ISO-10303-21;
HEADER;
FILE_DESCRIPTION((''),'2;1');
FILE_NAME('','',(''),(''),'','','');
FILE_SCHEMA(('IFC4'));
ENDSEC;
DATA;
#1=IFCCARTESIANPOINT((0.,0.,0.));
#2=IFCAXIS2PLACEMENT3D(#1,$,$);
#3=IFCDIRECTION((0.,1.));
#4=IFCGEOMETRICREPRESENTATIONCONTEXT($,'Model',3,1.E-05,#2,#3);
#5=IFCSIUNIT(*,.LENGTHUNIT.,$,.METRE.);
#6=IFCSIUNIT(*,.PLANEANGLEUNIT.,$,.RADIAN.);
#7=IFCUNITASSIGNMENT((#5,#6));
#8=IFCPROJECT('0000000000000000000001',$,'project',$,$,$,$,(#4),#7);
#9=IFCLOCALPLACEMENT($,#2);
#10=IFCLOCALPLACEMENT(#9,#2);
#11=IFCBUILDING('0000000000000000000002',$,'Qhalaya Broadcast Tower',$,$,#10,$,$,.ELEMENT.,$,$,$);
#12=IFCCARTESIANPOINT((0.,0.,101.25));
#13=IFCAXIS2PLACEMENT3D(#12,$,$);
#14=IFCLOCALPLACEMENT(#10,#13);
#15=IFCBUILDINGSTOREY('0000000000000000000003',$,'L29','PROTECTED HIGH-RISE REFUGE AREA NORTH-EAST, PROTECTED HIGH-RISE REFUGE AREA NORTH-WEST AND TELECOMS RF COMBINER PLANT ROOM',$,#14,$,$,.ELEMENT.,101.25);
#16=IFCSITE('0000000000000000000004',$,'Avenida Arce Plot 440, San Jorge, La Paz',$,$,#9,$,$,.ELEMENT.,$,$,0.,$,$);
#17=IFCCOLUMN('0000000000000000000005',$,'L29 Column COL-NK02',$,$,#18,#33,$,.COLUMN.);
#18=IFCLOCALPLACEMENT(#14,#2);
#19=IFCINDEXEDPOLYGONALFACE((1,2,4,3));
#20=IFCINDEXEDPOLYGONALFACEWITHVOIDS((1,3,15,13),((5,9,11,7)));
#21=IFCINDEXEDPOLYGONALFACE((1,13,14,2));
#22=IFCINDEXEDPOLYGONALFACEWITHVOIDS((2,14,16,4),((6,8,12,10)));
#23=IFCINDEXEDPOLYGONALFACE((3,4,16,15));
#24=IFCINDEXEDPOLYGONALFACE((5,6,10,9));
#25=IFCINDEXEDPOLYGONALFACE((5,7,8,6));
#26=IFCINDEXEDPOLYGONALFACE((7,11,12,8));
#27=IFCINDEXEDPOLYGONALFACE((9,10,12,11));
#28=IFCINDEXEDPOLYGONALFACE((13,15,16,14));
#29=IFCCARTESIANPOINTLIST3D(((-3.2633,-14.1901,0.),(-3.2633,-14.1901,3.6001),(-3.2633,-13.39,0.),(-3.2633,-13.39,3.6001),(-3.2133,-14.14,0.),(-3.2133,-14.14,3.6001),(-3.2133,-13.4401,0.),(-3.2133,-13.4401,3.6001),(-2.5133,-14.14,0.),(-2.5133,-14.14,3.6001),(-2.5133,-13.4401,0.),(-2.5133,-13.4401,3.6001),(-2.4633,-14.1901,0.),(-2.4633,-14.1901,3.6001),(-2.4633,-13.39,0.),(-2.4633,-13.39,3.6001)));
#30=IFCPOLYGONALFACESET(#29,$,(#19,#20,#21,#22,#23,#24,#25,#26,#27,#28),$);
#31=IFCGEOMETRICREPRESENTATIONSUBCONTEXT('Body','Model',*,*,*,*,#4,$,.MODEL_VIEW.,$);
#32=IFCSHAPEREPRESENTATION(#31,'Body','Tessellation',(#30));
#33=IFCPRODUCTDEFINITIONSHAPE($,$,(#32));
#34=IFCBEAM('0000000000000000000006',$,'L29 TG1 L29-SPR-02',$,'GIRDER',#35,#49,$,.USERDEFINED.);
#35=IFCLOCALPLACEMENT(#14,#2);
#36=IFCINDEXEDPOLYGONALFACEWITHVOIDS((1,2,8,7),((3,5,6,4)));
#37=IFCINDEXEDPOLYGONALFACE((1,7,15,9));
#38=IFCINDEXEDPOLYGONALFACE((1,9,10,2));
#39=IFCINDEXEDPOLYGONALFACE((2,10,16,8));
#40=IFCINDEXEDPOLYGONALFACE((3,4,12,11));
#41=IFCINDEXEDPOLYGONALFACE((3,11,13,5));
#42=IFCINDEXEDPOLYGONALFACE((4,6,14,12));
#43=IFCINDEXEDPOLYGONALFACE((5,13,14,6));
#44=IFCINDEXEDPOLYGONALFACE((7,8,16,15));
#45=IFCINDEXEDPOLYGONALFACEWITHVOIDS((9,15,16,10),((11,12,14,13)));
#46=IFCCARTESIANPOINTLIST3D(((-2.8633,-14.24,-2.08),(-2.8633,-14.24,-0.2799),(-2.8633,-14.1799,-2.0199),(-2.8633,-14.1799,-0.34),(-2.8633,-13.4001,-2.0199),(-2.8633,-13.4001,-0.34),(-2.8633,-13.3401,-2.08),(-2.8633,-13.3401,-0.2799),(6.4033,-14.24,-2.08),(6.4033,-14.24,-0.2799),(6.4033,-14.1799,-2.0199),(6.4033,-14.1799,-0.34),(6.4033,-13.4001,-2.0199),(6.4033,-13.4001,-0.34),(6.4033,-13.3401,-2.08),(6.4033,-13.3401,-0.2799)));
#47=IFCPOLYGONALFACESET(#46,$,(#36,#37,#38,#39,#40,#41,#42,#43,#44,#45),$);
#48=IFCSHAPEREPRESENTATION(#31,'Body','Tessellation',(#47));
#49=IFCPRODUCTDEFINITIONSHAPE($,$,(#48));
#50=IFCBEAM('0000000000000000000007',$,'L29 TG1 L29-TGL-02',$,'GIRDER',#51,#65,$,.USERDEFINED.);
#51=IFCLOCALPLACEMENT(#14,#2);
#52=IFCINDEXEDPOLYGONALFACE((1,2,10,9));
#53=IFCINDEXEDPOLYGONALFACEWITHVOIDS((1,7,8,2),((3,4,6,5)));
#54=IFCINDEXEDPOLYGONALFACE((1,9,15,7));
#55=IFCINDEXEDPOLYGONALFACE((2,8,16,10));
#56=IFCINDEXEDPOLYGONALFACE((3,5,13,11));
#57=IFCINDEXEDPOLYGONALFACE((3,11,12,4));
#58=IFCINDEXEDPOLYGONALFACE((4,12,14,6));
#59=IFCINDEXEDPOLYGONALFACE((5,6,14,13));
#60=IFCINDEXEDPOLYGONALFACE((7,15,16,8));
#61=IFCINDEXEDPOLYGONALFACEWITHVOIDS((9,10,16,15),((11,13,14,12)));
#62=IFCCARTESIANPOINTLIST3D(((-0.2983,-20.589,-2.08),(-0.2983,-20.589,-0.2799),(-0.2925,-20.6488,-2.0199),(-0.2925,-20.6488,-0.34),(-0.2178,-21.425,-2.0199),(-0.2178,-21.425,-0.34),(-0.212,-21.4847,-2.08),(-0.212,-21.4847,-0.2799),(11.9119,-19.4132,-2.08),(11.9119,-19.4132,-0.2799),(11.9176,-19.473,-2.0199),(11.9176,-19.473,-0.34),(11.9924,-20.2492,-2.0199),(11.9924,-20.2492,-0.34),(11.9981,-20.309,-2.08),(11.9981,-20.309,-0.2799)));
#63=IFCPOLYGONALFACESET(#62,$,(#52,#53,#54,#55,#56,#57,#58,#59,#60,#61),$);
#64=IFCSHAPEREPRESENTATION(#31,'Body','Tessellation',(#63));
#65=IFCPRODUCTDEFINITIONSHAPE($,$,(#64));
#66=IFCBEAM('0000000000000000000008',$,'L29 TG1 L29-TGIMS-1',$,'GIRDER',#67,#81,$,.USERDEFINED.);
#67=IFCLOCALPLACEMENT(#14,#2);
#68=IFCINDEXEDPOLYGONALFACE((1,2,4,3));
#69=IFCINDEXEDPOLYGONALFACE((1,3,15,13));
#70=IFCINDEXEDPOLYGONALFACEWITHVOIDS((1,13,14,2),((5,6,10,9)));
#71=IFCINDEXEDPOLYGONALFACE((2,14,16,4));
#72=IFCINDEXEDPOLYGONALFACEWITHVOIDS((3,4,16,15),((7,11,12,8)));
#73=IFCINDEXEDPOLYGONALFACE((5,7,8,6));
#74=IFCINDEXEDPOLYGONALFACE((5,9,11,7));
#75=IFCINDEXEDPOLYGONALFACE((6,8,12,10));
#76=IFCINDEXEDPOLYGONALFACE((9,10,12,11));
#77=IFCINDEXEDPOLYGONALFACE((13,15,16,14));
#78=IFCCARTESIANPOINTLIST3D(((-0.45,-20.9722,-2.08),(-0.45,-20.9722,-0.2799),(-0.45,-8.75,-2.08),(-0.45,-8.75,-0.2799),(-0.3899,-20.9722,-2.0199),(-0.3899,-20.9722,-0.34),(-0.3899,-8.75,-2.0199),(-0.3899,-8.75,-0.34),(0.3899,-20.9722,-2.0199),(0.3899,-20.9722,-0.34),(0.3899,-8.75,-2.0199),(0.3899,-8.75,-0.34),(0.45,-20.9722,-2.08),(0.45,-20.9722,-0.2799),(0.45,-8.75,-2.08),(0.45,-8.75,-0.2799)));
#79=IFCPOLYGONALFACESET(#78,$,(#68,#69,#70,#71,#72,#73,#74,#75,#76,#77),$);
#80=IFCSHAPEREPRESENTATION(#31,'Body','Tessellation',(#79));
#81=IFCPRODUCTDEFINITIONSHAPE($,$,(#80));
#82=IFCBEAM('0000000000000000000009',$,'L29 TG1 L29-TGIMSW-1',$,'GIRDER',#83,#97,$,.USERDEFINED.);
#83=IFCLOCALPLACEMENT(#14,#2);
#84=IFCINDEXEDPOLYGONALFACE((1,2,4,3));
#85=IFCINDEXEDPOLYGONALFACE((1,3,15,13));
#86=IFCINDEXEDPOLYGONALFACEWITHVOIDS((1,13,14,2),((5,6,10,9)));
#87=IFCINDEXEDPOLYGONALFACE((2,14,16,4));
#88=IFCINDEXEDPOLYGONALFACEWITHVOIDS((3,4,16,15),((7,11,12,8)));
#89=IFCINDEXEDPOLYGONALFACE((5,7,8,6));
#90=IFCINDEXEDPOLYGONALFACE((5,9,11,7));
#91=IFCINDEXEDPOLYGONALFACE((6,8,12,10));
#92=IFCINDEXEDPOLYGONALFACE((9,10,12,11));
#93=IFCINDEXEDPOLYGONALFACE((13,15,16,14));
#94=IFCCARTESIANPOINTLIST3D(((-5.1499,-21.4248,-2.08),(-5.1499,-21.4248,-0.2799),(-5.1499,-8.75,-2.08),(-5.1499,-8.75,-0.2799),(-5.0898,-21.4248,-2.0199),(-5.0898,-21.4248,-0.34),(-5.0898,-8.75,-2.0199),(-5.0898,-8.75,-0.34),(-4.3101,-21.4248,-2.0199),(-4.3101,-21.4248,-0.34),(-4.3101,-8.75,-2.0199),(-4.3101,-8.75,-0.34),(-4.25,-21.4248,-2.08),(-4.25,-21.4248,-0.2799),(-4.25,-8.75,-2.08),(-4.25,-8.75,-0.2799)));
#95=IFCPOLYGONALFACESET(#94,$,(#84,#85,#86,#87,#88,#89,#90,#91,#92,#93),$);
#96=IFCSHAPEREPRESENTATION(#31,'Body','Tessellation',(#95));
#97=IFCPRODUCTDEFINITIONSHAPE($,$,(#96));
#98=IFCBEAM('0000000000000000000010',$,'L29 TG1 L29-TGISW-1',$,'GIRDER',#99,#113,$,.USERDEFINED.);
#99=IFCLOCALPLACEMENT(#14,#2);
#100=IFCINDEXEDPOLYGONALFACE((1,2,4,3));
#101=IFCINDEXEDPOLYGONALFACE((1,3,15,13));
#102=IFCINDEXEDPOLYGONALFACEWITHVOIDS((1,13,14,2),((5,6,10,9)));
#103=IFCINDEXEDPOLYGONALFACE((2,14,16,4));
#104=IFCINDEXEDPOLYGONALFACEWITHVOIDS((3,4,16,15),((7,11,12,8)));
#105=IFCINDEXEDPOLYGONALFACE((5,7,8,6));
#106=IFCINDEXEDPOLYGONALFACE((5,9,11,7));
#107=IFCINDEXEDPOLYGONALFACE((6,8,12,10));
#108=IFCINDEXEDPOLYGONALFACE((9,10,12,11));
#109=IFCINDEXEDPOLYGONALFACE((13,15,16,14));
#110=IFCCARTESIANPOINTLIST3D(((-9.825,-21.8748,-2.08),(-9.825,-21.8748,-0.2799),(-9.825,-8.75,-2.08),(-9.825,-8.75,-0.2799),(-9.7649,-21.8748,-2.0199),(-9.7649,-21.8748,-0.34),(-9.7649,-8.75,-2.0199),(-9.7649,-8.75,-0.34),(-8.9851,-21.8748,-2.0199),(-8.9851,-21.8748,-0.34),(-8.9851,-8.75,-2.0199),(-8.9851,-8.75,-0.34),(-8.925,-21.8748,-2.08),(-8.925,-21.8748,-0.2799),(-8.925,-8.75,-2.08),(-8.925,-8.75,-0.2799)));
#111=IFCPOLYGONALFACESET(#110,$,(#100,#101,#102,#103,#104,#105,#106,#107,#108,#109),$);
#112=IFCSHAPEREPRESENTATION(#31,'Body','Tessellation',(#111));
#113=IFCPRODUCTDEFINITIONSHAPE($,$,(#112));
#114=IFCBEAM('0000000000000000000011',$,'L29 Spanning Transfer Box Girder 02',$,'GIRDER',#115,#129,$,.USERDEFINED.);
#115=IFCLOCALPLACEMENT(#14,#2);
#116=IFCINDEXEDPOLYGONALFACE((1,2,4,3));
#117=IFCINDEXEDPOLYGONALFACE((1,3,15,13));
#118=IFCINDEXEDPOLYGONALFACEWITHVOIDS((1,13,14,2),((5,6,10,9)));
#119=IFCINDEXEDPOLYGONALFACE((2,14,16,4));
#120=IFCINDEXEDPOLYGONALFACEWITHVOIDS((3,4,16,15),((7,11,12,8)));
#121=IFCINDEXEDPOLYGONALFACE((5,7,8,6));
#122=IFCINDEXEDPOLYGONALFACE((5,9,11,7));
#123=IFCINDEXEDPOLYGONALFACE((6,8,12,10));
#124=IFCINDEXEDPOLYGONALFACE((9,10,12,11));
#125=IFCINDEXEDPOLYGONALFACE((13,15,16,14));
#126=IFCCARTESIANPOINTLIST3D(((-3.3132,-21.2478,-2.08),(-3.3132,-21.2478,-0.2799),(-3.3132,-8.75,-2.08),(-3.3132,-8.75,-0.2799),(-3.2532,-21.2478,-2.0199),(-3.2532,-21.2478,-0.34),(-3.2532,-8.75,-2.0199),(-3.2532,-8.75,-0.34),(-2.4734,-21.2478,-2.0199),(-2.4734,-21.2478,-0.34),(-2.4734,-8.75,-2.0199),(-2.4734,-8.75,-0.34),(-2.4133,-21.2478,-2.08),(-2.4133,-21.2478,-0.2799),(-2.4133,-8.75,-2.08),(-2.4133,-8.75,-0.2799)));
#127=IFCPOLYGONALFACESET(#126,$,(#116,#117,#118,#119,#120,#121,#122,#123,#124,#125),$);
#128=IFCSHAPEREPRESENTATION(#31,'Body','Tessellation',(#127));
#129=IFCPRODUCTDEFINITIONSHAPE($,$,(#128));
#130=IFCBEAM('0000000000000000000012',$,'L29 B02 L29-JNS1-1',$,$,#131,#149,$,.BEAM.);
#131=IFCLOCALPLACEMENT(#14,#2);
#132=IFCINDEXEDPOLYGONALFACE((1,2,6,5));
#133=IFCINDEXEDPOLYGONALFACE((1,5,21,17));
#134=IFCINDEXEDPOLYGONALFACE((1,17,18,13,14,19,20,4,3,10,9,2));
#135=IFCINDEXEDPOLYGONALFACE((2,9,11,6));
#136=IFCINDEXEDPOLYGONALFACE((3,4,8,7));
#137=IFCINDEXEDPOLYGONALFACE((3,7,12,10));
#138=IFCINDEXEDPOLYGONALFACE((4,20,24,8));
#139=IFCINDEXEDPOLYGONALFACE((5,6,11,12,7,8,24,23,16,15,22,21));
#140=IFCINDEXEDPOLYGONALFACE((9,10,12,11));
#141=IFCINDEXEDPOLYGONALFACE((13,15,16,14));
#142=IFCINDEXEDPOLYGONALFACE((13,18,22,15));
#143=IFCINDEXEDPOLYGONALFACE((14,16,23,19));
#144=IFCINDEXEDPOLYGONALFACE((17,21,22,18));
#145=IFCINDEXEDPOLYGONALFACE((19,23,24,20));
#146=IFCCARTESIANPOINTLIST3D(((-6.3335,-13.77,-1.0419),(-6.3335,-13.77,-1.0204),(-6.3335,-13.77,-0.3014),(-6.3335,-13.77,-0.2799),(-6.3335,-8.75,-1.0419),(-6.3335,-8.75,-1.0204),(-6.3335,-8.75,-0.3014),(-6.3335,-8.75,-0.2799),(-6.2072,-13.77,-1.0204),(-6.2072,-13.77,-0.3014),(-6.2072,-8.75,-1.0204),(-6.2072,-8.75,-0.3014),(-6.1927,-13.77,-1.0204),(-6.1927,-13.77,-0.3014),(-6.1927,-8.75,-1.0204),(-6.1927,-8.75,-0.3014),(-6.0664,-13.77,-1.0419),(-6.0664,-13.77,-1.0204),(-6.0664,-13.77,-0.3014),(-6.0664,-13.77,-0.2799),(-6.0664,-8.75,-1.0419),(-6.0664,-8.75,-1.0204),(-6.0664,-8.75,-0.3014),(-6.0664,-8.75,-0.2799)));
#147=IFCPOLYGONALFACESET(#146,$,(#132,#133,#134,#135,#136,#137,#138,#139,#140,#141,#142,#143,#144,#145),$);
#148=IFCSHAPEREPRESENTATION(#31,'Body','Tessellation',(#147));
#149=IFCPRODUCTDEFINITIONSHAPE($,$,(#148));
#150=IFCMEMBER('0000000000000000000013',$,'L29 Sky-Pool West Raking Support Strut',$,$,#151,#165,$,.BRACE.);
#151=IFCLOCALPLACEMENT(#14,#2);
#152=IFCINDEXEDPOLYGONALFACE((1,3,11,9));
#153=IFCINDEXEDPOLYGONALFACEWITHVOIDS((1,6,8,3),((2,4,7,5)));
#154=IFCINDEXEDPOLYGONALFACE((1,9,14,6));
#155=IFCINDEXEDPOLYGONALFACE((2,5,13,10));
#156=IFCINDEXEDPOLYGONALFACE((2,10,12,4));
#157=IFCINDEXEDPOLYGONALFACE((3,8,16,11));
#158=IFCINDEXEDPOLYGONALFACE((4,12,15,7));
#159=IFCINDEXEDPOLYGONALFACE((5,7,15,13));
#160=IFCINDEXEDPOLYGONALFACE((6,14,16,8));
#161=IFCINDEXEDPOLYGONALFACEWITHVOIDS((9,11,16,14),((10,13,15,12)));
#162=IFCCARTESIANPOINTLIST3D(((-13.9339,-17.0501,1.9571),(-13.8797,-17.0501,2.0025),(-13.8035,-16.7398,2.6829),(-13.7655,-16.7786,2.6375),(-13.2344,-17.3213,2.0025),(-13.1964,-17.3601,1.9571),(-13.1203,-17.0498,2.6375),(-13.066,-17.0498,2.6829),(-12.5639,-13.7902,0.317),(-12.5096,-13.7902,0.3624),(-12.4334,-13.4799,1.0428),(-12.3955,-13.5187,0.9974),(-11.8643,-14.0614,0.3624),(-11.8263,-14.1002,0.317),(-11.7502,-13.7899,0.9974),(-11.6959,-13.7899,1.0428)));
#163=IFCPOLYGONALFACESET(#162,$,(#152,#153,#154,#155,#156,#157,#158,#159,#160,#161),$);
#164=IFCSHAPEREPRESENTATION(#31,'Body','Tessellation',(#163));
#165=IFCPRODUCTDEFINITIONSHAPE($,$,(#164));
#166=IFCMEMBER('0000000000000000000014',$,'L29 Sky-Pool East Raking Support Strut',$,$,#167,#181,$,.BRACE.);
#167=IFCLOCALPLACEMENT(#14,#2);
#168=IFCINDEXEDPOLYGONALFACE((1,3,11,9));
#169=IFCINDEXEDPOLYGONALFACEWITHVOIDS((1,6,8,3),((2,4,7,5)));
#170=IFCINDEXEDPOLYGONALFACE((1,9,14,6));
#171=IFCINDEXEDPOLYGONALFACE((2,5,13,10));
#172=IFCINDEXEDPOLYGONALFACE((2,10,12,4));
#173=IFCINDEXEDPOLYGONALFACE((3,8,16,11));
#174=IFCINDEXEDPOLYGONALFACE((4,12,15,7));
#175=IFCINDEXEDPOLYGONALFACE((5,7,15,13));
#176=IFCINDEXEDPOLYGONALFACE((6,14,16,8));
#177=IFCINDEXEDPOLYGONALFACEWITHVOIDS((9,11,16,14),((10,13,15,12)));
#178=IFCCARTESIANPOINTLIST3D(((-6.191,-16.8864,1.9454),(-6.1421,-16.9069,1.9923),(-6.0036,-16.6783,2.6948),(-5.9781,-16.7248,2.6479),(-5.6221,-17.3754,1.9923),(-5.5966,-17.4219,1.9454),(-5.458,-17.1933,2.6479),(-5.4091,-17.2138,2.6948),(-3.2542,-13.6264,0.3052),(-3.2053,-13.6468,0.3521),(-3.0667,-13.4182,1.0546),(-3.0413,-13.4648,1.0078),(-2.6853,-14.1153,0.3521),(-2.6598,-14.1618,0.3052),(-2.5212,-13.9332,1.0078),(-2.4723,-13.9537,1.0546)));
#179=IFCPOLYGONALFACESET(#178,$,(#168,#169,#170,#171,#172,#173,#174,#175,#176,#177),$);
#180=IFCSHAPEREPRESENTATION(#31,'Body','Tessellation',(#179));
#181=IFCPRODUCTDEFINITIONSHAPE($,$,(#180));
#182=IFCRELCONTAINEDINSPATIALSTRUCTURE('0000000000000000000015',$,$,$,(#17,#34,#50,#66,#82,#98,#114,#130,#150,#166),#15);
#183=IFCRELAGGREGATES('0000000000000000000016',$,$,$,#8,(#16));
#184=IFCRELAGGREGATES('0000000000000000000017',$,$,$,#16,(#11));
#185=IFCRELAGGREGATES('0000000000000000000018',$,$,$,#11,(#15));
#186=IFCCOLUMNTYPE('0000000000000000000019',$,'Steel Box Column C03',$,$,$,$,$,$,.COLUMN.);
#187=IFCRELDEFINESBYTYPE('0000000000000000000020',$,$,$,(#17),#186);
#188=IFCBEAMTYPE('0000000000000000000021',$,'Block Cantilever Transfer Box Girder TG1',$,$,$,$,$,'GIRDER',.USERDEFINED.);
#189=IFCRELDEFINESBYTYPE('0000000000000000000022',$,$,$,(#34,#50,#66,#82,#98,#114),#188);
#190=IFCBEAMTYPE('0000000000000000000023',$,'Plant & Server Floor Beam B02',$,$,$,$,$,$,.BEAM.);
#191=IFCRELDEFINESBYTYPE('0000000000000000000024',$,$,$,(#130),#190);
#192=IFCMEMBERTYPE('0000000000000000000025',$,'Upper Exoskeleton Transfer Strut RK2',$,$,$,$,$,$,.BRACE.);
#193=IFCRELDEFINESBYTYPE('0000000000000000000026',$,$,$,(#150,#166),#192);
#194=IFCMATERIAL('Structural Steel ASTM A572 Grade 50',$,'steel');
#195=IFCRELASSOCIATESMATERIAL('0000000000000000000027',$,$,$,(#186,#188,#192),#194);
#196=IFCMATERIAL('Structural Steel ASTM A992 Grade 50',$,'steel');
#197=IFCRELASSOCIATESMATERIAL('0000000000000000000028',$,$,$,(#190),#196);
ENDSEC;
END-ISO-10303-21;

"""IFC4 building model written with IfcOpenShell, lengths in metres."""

from ifc_helpers import new_model, si_unit, direction, frame, origin, origin_2d, place, context, subcontext, project, spatial, hollow_rectangle, i_section, extrude, material, material_profile, profile_set, type_object, element, save


model = new_model("IFC4")

# Units and contexts
model_context = context("Model", 3, precision=1e-05, world=origin(), true_north=direction((0.0, 1.0)))
body_context = subcontext(model_context, "Body", "Model", "MODEL_VIEW")
ifc_project = project(units=[si_unit("LENGTHUNIT", "METRE"), si_unit("PLANEANGLEUNIT", "RADIAN")], contexts=[model_context])

# Site, building, storey
site_placement = place(None, origin())
site = spatial("IfcSite", under=ifc_project, at=site_placement, Name="Avenida Arce Plot 440, San Jorge, La Paz", CompositionType="ELEMENT", RefElevation=0.0)
building_placement = place(site_placement, origin())
building = spatial("IfcBuilding", under=site, at=building_placement, Name="Qhalaya Broadcast Tower", CompositionType="ELEMENT")
storey_placement = place(building_placement, frame((0.0, 0.0, 101.25)))
storey = spatial("IfcBuildingStorey", under=building, at=storey_placement, Name="L29", Description="PROTECTED HIGH-RISE REFUGE AREA NORTH-EAST, PROTECTED HIGH-RISE REFUGE AREA NORTH-WEST AND TELECOMS RF COMBINER PLANT ROOM", CompositionType="ELEMENT", Elevation=101.25)

# Column
ifc_material_1 = material(Name="Structural Steel ASTM A572 Grade 50", Category="steel")
ifc_material_profile_1 = material_profile(ifc_material_1, hollow_rectangle(XDim=0.8, YDim=0.8, WallThickness=0.05, at=origin_2d()), Name="BOX 800x800x50")
ifc_profile_set_1 = profile_set([ifc_material_profile_1], Name="Structural Steel ASTM A572 Grade 50")
column_type = type_object("IfcColumnType", Name="Steel Box Column C03", PredefinedType="COLUMN", material=ifc_profile_set_1)
column_placement = place(storey_placement, frame((-2.8633, -13.79, 0.0), z_axis=(0.0, 0.0, 1.0), x_axis=(1.0, 0.0, 0.0)))
element("IfcColumn", 1, at=column_placement, inside=storey, type_object=column_type, Name="L29 Column COL-NK02", PredefinedType="COLUMN", context=body_context, shape_type="SweptSolid", body=[
    extrude(hollow_rectangle(XDim=0.8, YDim=0.8, WallThickness=0.05, at=origin_2d()), origin(), (0.0, 0.0, 1.0), 3.6001),
])

# Beams
ifc_material_profile_2 = material_profile(ifc_material_1, hollow_rectangle(XDim=0.8999, YDim=1.8, WallThickness=0.0601, at=origin_2d()), Name="BOX 900x1800x60")
ifc_profile_set_2 = profile_set([ifc_material_profile_2], Name="Structural Steel ASTM A572 Grade 50")
beam_type_1 = type_object("IfcBeamType", Name="Block Cantilever Transfer Box Girder TG1", ElementType="GIRDER", PredefinedType="USERDEFINED", material=ifc_profile_set_2)
beam_1_placement = place(storey_placement, frame((-2.8633, -13.79, -1.1799), z_axis=(1.0, 0.0, 0.0), x_axis=(0.0, 1.0, 0.0)))
element("IfcBeam", 2, at=beam_1_placement, inside=storey, type_object=beam_type_1, Name="L29 TG1 L29-SPR-02", ObjectType="GIRDER", PredefinedType="USERDEFINED", context=body_context, shape_type="SweptSolid", body=[
    extrude(hollow_rectangle(XDim=0.8999, YDim=1.8, WallThickness=0.0601, at=origin_2d()), origin(), (0.0, 0.0, 1.0), 9.2666),
])
beam_2_placement = place(storey_placement, frame((-0.2551, -21.0369, -1.1799), z_axis=(0.995396, 0.095852, 0.0), x_axis=(-0.095852, 0.995396, 0.0)))
element("IfcBeam", 3, at=beam_2_placement, inside=storey, type_object=beam_type_1, Name="L29 TG1 L29-TGL-02", ObjectType="GIRDER", PredefinedType="USERDEFINED", context=body_context, shape_type="SweptSolid", body=[
    extrude(hollow_rectangle(XDim=0.8999, YDim=1.8, WallThickness=0.0601, at=origin_2d()), origin(), (0.0, 0.0, 1.0), 12.2666),
])
beam_3_placement = place(storey_placement, frame((0.0, -20.9722, -1.1799), z_axis=(0.0, 1.0, 0.0), x_axis=(-1.0, 0.0, 0.0)))
element("IfcBeam", 4, at=beam_3_placement, inside=storey, type_object=beam_type_1, Name="L29 TG1 L29-TGIMS-1", ObjectType="GIRDER", PredefinedType="USERDEFINED", context=body_context, shape_type="SweptSolid", body=[
    extrude(hollow_rectangle(XDim=0.8999, YDim=1.8, WallThickness=0.0601, at=origin_2d()), origin(), (0.0, 0.0, 1.0), 12.2222),
])
beam_4_placement = place(storey_placement, frame((-4.7, -21.4248, -1.1799), z_axis=(0.0, 1.0, 0.0), x_axis=(-1.0, 0.0, 0.0)))
element("IfcBeam", 5, at=beam_4_placement, inside=storey, type_object=beam_type_1, Name="L29 TG1 L29-TGIMSW-1", ObjectType="GIRDER", PredefinedType="USERDEFINED", context=body_context, shape_type="SweptSolid", body=[
    extrude(hollow_rectangle(XDim=0.8999, YDim=1.8, WallThickness=0.0601, at=origin_2d()), origin(), (0.0, 0.0, 1.0), 12.6748),
])
beam_5_placement = place(storey_placement, frame((-9.375, -21.8748, -1.1799), z_axis=(0.0, 1.0, 0.0), x_axis=(-1.0, 0.0, 0.0)))
element("IfcBeam", 6, at=beam_5_placement, inside=storey, type_object=beam_type_1, Name="L29 TG1 L29-TGISW-1", ObjectType="GIRDER", PredefinedType="USERDEFINED", context=body_context, shape_type="SweptSolid", body=[
    extrude(hollow_rectangle(XDim=0.8999, YDim=1.8, WallThickness=0.0601, at=origin_2d()), origin(), (0.0, 0.0, 1.0), 13.1248),
])
beam_6_placement = place(storey_placement, frame((-2.8633, -21.2478, -1.1799), z_axis=(0.0, 1.0, 0.0), x_axis=(-1.0, 0.0, 0.0)))
element("IfcBeam", 7, at=beam_6_placement, inside=storey, type_object=beam_type_1, Name="L29 Spanning Transfer Box Girder 02", ObjectType="GIRDER", PredefinedType="USERDEFINED", context=body_context, shape_type="SweptSolid", body=[
    extrude(hollow_rectangle(XDim=0.8999, YDim=1.8, WallThickness=0.0601, at=origin_2d()), origin(), (0.0, 0.0, 1.0), 12.4978),
])
ifc_material_2 = material(Name="Structural Steel ASTM A992 Grade 50", Category="steel")
ifc_material_profile_3 = material_profile(ifc_material_2, i_section(OverallWidth=0.2671, OverallDepth=0.762, WebThickness=0.0144, FlangeThickness=0.0215, at=origin_2d()), Name="W30X116")
ifc_profile_set_3 = profile_set([ifc_material_profile_3], Name="Structural Steel ASTM A992 Grade 50")
beam_type_2 = type_object("IfcBeamType", Name="Plant & Server Floor Beam B02", PredefinedType="BEAM", material=ifc_profile_set_3)
beam_7_placement = place(storey_placement, frame((-6.2, -13.77, -0.6609), z_axis=(0.0, 1.0, 0.0), x_axis=(-1.0, 0.0, 0.0)))
element("IfcBeam", 8, at=beam_7_placement, inside=storey, type_object=beam_type_2, Name="L29 B02 L29-JNS1-1", PredefinedType="BEAM", context=body_context, shape_type="SweptSolid", body=[
    extrude(i_section(OverallWidth=0.2671, OverallDepth=0.762, WebThickness=0.0144, FlangeThickness=0.0215, at=origin_2d()), origin(), (0.0, 0.0, 1.0), 5.02),
])

# Members
ifc_material_profile_4 = material_profile(ifc_material_1, hollow_rectangle(XDim=0.8, YDim=0.8, WallThickness=0.05, at=origin_2d()), Name="BOX 800x800x50")
ifc_profile_set_4 = profile_set([ifc_material_profile_4], Name="Structural Steel ASTM A572 Grade 50")
member_type = type_object("IfcMemberType", Name="Upper Exoskeleton Transfer Strut RK2", PredefinedType="BRACE", material=ifc_profile_set_4)
member_1_placement = place(storey_placement, frame((-12.1299, -13.79, 0.6799), z_axis=(-0.351486, -0.836314, 0.420756), x_axis=(0.92189, -0.387452, 0.0)))
element("IfcMember", 9, at=member_1_placement, inside=storey, type_object=member_type, Name="L29 Sky-Pool West Raking Support Strut", PredefinedType="BRACE", context=body_context, shape_type="SweptSolid", body=[
    extrude(hollow_rectangle(XDim=0.8, YDim=0.8, WallThickness=0.05, at=origin_2d()), origin(), (0.0, 0.0, 1.0), 3.8979),
])
member_2_placement = place(storey_placement, frame((-2.8633, -13.79, 0.6799), z_axis=(-0.626943, -0.695949, 0.350138), x_axis=(0.742981, -0.669312, 0.0)))
element("IfcMember", 10, at=member_2_placement, inside=storey, type_object=member_type, Name="L29 Sky-Pool East Raking Support Strut", PredefinedType="BRACE", context=body_context, shape_type="SweptSolid", body=[
    extrude(hollow_rectangle(XDim=0.8, YDim=0.8, WallThickness=0.05, at=origin_2d()), origin(), (0.0, 0.0, 1.0), 4.6843),
])

save(model, "model.ifc")
